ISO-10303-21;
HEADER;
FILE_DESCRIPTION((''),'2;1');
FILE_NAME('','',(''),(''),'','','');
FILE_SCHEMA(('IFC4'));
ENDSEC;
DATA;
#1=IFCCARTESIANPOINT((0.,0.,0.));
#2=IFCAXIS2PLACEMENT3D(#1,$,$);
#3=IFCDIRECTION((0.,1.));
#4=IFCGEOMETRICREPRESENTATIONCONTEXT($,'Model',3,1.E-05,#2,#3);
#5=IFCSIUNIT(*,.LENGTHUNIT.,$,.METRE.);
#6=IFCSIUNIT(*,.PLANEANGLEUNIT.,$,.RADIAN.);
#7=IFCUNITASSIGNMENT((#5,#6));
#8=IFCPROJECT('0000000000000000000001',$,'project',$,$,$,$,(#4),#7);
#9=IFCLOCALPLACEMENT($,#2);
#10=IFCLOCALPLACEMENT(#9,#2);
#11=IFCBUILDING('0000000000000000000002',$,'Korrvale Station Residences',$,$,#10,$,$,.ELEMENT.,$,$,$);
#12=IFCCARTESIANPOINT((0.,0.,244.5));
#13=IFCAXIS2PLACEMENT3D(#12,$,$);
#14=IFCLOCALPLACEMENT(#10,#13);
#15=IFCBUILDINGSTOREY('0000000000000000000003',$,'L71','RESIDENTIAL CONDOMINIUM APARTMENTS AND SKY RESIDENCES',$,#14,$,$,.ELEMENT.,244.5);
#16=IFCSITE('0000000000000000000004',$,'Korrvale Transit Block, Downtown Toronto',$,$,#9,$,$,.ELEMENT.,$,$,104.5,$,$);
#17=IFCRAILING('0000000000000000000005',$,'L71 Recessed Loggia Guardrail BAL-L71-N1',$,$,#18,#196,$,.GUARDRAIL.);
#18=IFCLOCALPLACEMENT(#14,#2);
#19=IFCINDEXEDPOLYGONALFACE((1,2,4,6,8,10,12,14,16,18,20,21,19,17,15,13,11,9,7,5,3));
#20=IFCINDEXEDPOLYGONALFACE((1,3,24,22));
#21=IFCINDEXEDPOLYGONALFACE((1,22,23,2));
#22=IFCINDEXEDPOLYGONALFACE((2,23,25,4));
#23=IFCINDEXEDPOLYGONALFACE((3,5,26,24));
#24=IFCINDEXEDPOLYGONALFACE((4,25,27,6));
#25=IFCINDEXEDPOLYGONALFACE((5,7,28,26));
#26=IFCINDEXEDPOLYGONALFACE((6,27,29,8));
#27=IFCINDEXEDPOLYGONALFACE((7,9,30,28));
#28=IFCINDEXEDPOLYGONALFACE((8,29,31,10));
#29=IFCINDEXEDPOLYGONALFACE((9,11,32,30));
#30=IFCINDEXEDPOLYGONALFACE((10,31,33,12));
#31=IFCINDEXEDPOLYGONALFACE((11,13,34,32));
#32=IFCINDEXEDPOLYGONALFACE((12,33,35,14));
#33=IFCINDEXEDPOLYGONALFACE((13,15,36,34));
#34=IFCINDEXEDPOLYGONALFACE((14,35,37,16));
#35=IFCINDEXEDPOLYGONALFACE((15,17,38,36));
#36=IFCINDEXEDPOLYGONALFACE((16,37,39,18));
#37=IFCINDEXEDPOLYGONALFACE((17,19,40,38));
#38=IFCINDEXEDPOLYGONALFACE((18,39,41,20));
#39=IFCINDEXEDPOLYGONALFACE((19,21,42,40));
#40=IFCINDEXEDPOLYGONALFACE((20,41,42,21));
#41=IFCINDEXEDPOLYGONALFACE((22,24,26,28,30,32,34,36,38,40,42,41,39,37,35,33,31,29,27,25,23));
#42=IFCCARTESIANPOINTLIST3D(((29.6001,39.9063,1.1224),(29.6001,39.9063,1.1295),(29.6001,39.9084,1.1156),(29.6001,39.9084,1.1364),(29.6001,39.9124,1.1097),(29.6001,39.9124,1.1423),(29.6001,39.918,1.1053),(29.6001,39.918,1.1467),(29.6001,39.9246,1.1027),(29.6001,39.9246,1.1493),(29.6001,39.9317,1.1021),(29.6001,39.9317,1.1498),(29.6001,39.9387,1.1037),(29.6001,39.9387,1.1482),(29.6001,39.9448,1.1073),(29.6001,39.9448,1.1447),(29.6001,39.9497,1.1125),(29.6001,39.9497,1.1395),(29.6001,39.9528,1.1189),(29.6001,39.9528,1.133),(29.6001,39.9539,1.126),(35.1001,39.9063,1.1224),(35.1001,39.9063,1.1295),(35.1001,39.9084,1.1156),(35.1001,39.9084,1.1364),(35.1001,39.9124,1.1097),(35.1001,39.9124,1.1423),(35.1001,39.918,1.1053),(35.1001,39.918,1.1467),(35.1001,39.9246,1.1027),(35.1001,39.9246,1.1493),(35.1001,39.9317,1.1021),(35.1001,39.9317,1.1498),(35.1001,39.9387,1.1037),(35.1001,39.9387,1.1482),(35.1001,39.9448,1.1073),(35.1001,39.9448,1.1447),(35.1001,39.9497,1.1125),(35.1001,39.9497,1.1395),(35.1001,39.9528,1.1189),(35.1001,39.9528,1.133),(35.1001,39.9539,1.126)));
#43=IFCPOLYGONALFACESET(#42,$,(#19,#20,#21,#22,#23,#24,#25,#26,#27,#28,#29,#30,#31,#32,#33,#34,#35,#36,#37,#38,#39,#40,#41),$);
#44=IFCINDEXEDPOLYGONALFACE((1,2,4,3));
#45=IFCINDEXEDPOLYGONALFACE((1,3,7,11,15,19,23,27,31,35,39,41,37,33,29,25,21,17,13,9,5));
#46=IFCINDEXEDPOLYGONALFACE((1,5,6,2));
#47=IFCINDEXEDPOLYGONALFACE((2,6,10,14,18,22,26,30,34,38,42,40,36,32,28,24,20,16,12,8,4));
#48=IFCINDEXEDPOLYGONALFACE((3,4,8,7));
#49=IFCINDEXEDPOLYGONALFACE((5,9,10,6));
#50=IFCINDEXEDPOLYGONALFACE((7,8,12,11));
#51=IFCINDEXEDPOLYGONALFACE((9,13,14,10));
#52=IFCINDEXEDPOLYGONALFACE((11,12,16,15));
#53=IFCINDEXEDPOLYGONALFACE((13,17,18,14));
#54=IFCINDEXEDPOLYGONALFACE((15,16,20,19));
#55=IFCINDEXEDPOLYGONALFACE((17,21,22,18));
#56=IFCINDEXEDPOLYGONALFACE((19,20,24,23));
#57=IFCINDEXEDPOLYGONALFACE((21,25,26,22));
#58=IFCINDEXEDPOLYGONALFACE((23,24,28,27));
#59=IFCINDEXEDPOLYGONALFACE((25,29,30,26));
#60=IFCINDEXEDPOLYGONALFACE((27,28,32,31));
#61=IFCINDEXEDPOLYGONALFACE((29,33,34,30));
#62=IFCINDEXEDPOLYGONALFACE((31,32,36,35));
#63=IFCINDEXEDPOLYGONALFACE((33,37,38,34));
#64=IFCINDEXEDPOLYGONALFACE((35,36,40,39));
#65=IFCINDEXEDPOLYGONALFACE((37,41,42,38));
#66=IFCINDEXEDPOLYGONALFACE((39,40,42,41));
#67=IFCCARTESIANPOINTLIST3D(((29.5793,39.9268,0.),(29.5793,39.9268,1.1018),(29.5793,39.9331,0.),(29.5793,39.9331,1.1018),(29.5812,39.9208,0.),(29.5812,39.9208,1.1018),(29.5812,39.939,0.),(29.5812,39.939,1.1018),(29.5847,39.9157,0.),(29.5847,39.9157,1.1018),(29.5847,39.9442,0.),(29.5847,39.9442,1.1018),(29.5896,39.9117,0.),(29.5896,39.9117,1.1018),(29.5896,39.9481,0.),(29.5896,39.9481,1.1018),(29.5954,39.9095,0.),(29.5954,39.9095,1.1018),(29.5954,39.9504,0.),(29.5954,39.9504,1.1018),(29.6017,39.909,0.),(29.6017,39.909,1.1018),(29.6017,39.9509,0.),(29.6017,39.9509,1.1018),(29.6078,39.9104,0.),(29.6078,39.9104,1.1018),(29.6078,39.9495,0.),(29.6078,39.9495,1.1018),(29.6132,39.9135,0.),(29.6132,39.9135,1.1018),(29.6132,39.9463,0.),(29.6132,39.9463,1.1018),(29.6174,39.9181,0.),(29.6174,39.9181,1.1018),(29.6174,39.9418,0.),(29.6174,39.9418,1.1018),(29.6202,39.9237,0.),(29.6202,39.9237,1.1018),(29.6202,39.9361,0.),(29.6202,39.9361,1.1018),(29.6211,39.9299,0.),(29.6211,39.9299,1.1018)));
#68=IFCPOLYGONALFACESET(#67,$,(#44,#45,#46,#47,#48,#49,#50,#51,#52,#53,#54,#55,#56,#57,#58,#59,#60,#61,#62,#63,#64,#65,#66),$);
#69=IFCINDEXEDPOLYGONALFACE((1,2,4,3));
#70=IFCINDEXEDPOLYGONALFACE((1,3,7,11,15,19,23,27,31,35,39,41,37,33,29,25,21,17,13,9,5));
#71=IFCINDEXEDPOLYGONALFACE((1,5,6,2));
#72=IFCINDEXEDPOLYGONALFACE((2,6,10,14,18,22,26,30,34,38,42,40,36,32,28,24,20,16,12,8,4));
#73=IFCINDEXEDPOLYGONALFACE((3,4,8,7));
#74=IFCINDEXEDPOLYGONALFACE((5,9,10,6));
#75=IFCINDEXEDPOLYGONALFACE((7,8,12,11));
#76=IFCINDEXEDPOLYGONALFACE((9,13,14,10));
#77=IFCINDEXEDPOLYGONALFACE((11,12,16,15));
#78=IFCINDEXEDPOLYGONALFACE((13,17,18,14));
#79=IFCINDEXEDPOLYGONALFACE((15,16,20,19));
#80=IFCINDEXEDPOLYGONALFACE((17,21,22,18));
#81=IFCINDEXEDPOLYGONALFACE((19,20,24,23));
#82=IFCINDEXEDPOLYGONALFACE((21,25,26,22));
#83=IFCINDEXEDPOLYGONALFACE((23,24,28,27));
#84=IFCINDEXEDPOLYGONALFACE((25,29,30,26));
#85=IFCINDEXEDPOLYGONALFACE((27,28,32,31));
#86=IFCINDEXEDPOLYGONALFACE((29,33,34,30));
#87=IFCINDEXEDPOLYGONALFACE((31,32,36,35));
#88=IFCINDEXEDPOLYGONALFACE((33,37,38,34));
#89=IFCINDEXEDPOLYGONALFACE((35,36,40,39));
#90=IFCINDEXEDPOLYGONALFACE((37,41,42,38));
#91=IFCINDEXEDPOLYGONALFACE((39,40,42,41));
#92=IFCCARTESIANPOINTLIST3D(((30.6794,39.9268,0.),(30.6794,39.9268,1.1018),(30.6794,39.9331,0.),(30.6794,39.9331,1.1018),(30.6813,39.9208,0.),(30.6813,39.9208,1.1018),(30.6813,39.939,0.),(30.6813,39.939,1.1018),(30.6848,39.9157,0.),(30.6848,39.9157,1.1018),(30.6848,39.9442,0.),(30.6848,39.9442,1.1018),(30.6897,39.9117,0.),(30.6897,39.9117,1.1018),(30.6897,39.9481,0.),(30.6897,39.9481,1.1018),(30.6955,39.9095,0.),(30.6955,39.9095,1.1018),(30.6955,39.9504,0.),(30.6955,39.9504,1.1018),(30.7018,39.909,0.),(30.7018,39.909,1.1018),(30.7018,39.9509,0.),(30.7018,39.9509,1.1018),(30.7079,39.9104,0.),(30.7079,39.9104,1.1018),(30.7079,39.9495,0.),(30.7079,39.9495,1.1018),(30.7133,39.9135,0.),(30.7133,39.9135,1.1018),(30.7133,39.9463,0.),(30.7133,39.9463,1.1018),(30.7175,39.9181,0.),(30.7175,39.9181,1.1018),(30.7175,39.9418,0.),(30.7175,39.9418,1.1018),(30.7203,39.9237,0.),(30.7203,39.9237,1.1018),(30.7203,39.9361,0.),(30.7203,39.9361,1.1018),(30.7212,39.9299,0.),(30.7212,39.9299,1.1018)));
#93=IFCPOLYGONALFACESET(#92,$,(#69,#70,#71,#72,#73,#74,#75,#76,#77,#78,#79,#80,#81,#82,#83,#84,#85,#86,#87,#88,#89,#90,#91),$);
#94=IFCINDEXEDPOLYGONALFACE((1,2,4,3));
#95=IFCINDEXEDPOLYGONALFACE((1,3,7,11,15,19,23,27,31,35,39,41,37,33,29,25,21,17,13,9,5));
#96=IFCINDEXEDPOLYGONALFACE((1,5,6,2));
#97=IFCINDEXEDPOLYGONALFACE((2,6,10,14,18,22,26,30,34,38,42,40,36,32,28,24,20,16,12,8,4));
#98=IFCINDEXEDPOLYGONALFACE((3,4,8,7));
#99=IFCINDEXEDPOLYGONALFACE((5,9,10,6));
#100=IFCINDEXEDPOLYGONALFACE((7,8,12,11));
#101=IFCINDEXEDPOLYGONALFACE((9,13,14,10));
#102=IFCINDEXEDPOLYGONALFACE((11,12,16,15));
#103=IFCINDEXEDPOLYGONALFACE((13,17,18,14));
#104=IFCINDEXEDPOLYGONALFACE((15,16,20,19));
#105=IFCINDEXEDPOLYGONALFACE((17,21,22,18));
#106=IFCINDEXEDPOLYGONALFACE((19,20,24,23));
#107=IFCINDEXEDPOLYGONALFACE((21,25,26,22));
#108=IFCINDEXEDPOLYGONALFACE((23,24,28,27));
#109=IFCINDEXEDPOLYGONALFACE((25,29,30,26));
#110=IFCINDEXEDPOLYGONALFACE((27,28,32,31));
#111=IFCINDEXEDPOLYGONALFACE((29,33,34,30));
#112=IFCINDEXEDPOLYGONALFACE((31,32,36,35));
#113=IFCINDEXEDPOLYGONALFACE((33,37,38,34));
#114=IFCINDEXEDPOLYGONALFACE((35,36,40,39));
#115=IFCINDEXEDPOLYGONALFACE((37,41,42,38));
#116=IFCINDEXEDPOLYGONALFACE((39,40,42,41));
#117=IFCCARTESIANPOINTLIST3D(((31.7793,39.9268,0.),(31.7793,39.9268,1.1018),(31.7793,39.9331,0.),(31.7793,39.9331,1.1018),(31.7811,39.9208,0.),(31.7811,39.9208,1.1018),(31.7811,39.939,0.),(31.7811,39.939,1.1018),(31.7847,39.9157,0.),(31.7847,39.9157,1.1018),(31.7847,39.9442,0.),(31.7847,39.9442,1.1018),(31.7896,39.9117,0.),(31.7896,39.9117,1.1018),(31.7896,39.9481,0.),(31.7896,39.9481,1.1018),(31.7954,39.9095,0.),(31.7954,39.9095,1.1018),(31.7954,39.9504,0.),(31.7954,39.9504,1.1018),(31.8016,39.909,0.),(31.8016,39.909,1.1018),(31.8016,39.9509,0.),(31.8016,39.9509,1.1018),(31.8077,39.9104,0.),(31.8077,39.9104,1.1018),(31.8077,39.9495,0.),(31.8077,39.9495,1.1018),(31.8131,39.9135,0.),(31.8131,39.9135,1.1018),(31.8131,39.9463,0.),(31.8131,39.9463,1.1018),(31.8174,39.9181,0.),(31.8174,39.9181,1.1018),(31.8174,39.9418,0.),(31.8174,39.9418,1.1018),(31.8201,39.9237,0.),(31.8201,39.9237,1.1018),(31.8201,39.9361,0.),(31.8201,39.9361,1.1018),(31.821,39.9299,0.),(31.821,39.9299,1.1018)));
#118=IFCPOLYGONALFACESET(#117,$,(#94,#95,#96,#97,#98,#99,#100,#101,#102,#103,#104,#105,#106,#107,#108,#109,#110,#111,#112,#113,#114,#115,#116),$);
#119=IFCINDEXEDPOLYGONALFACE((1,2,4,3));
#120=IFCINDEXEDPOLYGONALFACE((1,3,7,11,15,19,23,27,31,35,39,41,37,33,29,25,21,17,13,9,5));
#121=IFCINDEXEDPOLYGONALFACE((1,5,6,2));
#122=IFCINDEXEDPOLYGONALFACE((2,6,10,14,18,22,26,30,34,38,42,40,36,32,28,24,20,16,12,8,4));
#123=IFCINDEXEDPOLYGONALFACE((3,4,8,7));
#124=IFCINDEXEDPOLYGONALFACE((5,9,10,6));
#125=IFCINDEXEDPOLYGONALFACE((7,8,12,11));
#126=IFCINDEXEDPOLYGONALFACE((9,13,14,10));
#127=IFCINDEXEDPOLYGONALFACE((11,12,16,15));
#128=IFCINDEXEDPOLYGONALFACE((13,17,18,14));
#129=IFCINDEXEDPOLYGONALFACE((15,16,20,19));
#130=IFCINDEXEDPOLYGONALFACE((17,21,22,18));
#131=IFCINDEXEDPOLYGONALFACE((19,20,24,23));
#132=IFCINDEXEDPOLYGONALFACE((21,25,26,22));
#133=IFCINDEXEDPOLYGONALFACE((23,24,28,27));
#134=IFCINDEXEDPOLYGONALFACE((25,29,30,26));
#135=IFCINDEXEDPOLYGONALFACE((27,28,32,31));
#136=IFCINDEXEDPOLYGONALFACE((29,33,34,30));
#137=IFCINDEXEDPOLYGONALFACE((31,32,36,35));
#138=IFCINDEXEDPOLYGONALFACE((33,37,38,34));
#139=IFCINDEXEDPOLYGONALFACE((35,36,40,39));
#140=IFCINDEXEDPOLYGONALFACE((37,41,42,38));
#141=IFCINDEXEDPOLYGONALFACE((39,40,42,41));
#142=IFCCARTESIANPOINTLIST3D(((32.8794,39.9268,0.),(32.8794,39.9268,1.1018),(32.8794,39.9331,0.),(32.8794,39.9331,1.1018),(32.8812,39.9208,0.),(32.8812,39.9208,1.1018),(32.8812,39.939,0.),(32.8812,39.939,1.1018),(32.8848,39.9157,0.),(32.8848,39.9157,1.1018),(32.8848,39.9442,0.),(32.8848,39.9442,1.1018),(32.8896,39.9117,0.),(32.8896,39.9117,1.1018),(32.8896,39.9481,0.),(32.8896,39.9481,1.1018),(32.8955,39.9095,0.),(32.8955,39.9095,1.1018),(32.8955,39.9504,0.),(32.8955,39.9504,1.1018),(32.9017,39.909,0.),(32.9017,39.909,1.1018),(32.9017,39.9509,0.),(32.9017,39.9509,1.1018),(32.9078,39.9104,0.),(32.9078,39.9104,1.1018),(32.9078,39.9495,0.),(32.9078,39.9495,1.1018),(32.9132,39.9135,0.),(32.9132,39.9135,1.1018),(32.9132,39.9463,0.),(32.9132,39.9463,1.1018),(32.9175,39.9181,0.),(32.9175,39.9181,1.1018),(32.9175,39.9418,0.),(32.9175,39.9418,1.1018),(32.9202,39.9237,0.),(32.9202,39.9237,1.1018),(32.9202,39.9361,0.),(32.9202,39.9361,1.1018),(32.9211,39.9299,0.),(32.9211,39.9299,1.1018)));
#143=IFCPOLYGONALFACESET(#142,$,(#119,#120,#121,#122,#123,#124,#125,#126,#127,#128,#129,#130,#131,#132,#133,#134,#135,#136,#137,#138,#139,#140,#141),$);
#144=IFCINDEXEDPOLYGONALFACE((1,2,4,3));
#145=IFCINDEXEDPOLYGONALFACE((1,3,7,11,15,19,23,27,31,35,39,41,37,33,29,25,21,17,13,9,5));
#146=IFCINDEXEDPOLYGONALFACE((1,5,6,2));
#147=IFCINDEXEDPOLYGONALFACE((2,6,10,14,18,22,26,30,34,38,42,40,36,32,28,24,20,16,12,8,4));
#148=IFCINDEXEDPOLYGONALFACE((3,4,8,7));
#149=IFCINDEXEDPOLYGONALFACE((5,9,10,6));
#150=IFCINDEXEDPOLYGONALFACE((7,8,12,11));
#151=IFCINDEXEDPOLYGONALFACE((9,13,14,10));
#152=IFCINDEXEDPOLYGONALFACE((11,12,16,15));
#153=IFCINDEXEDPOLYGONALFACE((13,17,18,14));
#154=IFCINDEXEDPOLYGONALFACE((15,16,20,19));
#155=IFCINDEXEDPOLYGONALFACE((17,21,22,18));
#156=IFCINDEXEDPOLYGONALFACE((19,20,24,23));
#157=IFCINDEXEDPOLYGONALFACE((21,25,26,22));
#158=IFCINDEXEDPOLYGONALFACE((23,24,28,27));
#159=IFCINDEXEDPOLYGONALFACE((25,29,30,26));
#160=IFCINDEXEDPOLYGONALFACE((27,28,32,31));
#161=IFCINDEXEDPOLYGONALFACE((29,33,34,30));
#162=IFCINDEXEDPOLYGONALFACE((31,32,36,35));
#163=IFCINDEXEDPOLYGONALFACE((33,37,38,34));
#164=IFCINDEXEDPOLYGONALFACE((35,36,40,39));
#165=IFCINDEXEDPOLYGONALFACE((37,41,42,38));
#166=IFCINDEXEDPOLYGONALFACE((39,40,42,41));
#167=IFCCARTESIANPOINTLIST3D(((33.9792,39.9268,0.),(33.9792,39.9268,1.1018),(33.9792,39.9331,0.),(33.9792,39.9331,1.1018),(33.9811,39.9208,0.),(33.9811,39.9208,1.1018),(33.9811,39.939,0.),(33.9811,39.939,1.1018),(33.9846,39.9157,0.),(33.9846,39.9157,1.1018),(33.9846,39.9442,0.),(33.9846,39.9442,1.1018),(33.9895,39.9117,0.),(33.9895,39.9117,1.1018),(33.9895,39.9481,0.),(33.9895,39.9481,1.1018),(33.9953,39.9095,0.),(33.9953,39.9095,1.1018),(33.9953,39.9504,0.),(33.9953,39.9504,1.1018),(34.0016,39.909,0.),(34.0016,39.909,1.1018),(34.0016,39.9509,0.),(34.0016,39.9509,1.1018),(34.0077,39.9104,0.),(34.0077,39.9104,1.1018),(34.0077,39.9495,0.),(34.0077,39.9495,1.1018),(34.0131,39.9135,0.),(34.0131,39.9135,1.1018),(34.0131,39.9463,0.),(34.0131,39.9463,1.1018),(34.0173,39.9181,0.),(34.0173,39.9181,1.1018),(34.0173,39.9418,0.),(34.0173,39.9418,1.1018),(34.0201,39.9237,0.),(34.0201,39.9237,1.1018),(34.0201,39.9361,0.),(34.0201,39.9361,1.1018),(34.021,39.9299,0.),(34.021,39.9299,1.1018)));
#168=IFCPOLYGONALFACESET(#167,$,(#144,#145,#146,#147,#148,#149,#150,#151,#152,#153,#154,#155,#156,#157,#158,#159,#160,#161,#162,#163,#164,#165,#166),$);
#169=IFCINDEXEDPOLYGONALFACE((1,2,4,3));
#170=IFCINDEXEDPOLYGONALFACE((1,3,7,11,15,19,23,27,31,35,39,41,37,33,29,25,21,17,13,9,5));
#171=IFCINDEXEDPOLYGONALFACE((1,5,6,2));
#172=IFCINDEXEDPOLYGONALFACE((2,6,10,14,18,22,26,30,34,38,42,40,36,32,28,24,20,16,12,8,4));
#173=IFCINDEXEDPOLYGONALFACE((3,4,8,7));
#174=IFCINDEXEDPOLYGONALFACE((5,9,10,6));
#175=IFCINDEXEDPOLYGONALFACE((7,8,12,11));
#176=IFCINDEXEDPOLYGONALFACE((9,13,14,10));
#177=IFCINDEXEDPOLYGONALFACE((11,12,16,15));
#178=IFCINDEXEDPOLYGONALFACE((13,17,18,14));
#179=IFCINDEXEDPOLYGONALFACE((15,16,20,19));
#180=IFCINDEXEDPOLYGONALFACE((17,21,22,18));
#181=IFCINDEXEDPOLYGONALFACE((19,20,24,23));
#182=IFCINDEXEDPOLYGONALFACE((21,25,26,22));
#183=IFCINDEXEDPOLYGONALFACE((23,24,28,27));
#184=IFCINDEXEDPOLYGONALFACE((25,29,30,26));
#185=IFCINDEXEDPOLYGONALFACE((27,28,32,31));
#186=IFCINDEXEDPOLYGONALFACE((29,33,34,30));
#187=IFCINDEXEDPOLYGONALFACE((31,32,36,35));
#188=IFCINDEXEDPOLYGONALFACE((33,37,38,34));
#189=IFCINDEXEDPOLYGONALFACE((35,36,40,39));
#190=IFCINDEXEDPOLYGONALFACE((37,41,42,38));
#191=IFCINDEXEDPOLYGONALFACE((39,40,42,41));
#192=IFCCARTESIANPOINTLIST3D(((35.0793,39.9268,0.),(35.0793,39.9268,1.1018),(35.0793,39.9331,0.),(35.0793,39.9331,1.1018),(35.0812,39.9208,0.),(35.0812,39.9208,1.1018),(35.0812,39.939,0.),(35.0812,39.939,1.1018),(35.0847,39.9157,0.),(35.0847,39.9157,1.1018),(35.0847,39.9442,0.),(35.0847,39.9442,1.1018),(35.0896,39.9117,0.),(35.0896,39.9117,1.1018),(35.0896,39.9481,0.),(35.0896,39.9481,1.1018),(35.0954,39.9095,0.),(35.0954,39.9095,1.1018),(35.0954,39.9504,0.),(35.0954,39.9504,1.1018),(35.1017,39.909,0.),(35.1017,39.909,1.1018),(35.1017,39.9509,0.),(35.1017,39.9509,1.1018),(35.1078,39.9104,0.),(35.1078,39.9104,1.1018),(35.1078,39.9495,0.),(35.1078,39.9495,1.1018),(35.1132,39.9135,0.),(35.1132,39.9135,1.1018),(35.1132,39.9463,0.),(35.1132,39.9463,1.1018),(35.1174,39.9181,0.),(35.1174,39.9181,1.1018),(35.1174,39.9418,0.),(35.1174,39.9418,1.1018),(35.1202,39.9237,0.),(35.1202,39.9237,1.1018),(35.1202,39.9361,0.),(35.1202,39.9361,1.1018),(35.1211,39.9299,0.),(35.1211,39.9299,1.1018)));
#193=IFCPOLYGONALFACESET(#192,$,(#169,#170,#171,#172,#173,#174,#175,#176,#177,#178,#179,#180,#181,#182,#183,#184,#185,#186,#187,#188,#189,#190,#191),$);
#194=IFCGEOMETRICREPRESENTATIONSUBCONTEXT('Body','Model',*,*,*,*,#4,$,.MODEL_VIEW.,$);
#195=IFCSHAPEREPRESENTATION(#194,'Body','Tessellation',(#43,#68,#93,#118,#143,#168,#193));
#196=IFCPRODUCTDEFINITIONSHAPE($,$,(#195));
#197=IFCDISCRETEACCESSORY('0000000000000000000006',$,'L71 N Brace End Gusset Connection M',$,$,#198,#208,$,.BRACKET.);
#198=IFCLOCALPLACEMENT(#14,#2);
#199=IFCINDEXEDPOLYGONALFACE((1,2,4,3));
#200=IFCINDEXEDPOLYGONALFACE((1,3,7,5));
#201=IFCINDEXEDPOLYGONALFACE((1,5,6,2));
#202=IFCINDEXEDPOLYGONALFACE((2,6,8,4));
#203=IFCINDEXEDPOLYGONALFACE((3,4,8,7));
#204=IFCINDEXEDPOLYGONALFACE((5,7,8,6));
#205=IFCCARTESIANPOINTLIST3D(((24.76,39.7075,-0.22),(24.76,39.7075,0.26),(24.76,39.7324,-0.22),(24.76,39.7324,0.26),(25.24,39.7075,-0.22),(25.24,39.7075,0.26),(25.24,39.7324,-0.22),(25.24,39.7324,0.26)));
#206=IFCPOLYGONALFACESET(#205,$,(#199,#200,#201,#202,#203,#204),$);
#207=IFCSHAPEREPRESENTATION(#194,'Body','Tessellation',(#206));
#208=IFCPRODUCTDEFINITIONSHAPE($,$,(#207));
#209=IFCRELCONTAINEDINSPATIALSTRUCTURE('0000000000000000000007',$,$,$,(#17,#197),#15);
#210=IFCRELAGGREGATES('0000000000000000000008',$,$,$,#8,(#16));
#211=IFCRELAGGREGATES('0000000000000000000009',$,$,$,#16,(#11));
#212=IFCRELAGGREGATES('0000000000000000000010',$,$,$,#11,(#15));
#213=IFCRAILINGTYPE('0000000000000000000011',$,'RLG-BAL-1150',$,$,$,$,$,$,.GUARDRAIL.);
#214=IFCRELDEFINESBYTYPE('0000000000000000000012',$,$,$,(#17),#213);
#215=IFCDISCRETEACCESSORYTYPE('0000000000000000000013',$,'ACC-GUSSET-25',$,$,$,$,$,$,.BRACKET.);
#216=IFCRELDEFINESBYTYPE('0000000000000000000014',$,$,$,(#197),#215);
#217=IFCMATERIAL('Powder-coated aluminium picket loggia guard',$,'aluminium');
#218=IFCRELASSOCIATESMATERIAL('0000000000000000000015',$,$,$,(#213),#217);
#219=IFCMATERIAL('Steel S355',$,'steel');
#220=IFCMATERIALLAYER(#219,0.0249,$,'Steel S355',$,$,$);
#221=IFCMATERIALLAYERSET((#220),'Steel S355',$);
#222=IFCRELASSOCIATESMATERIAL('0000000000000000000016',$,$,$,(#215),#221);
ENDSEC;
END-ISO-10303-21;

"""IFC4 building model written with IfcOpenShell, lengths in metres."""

from ifc_helpers import new_model, si_unit, direction, frame, origin, origin_2d, place, context, subcontext, project, spatial, rectangle, circle, extrude, material, layer, layer_set, type_object, element, save


model = new_model("IFC4")

# Units and contexts
model_context = context("Model", 3, precision=1e-05, world=origin(), true_north=direction((0.0, 1.0)))
body_context = subcontext(model_context, "Body", "Model", "MODEL_VIEW")
ifc_project = project(units=[si_unit("LENGTHUNIT", "METRE"), si_unit("PLANEANGLEUNIT", "RADIAN")], contexts=[model_context])

# Site, building, storey
site_placement = place(None, origin())
site = spatial("IfcSite", under=ifc_project, at=site_placement, Name="Korrvale Transit Block, Downtown Toronto", CompositionType="ELEMENT", RefElevation=104.5)
building_placement = place(site_placement, origin())
building = spatial("IfcBuilding", under=site, at=building_placement, Name="Korrvale Station Residences", CompositionType="ELEMENT")
storey_placement = place(building_placement, frame((0.0, 0.0, 244.5)))
storey = spatial("IfcBuildingStorey", under=building, at=storey_placement, Name="L71", Description="RESIDENTIAL CONDOMINIUM APARTMENTS AND SKY RESIDENCES", CompositionType="ELEMENT", Elevation=244.5)

# Shared definitions
ifc_material_1 = material(Name="Steel S355", Category="steel")

# Railing
ifc_material_2 = material(Name="Powder-coated aluminium picket loggia guard", Category="aluminium")
railing_type = type_object("IfcRailingType", Name="RLG-BAL-1150", PredefinedType="GUARDRAIL", material=ifc_material_2)
railing_placement = place(storey_placement, frame((29.6001, 39.9299, 0.0)))
element("IfcRailing", 1, at=railing_placement, inside=storey, type_object=railing_type, Name="L71 Recessed Loggia Guardrail BAL-L71-N1", PredefinedType="GUARDRAIL", context=body_context, shape_type="SweptSolid", body=[
    extrude(circle(Radius=0.0239, at=origin_2d()), frame((0.0, 0.0, 1.126), z_axis=(1.0, 0.0, 0.0), x_axis=(0.0, 1.0, 0.0)), (0.0, 0.0, 1.0), 5.5),
    extrude(circle(Radius=0.021, at=origin_2d()), origin(), (0.0, 0.0, 1.0), 1.1018),
    extrude(circle(Radius=0.021, at=origin_2d()), frame((1.1001, 0.0, 0.0)), (0.0, 0.0, 1.0), 1.1018),
    extrude(circle(Radius=0.021, at=origin_2d()), frame((2.2, 0.0, 0.0)), (0.0, 0.0, 1.0), 1.1018),
    extrude(circle(Radius=0.021, at=origin_2d()), frame((3.3, 0.0, 0.0)), (0.0, 0.0, 1.0), 1.1018),
    extrude(circle(Radius=0.021, at=origin_2d()), frame((4.3999, 0.0, 0.0)), (0.0, 0.0, 1.0), 1.1018),
    extrude(circle(Radius=0.021, at=origin_2d()), frame((5.5, 0.0, 0.0)), (0.0, 0.0, 1.0), 1.1018),
])

# Discrete accessory
ifc_layer_1 = layer(ifc_material_1, 0.0249, Name="Steel S355")
ifc_layer_set_1 = layer_set([ifc_layer_1], Name="Steel S355")
discrete_accessory_type = type_object("IfcDiscreteAccessoryType", Name="ACC-GUSSET-25", PredefinedType="BRACKET", material=ifc_layer_set_1)
for number, where, z_axis, x_axis, name in (
    (2, (25.0, 39.72, -0.22), (0.0, 0.0, 1.0), (1.0, 0.0, 0.0), "L71 N Brace End Gusset Connection M"),
):
    element("IfcDiscreteAccessory", number, at=place(storey_placement, frame(where, z_axis=z_axis, x_axis=x_axis)), inside=storey, type_object=discrete_accessory_type, Name=name, PredefinedType="BRACKET", context=body_context, shape_type="SweptSolid", body=[
        extrude(rectangle(XDim=0.48, YDim=0.0249, at=origin_2d()), origin(), (0.0, 0.0, 1.0), 0.48),
    ])

save(model, "model.ifc")
